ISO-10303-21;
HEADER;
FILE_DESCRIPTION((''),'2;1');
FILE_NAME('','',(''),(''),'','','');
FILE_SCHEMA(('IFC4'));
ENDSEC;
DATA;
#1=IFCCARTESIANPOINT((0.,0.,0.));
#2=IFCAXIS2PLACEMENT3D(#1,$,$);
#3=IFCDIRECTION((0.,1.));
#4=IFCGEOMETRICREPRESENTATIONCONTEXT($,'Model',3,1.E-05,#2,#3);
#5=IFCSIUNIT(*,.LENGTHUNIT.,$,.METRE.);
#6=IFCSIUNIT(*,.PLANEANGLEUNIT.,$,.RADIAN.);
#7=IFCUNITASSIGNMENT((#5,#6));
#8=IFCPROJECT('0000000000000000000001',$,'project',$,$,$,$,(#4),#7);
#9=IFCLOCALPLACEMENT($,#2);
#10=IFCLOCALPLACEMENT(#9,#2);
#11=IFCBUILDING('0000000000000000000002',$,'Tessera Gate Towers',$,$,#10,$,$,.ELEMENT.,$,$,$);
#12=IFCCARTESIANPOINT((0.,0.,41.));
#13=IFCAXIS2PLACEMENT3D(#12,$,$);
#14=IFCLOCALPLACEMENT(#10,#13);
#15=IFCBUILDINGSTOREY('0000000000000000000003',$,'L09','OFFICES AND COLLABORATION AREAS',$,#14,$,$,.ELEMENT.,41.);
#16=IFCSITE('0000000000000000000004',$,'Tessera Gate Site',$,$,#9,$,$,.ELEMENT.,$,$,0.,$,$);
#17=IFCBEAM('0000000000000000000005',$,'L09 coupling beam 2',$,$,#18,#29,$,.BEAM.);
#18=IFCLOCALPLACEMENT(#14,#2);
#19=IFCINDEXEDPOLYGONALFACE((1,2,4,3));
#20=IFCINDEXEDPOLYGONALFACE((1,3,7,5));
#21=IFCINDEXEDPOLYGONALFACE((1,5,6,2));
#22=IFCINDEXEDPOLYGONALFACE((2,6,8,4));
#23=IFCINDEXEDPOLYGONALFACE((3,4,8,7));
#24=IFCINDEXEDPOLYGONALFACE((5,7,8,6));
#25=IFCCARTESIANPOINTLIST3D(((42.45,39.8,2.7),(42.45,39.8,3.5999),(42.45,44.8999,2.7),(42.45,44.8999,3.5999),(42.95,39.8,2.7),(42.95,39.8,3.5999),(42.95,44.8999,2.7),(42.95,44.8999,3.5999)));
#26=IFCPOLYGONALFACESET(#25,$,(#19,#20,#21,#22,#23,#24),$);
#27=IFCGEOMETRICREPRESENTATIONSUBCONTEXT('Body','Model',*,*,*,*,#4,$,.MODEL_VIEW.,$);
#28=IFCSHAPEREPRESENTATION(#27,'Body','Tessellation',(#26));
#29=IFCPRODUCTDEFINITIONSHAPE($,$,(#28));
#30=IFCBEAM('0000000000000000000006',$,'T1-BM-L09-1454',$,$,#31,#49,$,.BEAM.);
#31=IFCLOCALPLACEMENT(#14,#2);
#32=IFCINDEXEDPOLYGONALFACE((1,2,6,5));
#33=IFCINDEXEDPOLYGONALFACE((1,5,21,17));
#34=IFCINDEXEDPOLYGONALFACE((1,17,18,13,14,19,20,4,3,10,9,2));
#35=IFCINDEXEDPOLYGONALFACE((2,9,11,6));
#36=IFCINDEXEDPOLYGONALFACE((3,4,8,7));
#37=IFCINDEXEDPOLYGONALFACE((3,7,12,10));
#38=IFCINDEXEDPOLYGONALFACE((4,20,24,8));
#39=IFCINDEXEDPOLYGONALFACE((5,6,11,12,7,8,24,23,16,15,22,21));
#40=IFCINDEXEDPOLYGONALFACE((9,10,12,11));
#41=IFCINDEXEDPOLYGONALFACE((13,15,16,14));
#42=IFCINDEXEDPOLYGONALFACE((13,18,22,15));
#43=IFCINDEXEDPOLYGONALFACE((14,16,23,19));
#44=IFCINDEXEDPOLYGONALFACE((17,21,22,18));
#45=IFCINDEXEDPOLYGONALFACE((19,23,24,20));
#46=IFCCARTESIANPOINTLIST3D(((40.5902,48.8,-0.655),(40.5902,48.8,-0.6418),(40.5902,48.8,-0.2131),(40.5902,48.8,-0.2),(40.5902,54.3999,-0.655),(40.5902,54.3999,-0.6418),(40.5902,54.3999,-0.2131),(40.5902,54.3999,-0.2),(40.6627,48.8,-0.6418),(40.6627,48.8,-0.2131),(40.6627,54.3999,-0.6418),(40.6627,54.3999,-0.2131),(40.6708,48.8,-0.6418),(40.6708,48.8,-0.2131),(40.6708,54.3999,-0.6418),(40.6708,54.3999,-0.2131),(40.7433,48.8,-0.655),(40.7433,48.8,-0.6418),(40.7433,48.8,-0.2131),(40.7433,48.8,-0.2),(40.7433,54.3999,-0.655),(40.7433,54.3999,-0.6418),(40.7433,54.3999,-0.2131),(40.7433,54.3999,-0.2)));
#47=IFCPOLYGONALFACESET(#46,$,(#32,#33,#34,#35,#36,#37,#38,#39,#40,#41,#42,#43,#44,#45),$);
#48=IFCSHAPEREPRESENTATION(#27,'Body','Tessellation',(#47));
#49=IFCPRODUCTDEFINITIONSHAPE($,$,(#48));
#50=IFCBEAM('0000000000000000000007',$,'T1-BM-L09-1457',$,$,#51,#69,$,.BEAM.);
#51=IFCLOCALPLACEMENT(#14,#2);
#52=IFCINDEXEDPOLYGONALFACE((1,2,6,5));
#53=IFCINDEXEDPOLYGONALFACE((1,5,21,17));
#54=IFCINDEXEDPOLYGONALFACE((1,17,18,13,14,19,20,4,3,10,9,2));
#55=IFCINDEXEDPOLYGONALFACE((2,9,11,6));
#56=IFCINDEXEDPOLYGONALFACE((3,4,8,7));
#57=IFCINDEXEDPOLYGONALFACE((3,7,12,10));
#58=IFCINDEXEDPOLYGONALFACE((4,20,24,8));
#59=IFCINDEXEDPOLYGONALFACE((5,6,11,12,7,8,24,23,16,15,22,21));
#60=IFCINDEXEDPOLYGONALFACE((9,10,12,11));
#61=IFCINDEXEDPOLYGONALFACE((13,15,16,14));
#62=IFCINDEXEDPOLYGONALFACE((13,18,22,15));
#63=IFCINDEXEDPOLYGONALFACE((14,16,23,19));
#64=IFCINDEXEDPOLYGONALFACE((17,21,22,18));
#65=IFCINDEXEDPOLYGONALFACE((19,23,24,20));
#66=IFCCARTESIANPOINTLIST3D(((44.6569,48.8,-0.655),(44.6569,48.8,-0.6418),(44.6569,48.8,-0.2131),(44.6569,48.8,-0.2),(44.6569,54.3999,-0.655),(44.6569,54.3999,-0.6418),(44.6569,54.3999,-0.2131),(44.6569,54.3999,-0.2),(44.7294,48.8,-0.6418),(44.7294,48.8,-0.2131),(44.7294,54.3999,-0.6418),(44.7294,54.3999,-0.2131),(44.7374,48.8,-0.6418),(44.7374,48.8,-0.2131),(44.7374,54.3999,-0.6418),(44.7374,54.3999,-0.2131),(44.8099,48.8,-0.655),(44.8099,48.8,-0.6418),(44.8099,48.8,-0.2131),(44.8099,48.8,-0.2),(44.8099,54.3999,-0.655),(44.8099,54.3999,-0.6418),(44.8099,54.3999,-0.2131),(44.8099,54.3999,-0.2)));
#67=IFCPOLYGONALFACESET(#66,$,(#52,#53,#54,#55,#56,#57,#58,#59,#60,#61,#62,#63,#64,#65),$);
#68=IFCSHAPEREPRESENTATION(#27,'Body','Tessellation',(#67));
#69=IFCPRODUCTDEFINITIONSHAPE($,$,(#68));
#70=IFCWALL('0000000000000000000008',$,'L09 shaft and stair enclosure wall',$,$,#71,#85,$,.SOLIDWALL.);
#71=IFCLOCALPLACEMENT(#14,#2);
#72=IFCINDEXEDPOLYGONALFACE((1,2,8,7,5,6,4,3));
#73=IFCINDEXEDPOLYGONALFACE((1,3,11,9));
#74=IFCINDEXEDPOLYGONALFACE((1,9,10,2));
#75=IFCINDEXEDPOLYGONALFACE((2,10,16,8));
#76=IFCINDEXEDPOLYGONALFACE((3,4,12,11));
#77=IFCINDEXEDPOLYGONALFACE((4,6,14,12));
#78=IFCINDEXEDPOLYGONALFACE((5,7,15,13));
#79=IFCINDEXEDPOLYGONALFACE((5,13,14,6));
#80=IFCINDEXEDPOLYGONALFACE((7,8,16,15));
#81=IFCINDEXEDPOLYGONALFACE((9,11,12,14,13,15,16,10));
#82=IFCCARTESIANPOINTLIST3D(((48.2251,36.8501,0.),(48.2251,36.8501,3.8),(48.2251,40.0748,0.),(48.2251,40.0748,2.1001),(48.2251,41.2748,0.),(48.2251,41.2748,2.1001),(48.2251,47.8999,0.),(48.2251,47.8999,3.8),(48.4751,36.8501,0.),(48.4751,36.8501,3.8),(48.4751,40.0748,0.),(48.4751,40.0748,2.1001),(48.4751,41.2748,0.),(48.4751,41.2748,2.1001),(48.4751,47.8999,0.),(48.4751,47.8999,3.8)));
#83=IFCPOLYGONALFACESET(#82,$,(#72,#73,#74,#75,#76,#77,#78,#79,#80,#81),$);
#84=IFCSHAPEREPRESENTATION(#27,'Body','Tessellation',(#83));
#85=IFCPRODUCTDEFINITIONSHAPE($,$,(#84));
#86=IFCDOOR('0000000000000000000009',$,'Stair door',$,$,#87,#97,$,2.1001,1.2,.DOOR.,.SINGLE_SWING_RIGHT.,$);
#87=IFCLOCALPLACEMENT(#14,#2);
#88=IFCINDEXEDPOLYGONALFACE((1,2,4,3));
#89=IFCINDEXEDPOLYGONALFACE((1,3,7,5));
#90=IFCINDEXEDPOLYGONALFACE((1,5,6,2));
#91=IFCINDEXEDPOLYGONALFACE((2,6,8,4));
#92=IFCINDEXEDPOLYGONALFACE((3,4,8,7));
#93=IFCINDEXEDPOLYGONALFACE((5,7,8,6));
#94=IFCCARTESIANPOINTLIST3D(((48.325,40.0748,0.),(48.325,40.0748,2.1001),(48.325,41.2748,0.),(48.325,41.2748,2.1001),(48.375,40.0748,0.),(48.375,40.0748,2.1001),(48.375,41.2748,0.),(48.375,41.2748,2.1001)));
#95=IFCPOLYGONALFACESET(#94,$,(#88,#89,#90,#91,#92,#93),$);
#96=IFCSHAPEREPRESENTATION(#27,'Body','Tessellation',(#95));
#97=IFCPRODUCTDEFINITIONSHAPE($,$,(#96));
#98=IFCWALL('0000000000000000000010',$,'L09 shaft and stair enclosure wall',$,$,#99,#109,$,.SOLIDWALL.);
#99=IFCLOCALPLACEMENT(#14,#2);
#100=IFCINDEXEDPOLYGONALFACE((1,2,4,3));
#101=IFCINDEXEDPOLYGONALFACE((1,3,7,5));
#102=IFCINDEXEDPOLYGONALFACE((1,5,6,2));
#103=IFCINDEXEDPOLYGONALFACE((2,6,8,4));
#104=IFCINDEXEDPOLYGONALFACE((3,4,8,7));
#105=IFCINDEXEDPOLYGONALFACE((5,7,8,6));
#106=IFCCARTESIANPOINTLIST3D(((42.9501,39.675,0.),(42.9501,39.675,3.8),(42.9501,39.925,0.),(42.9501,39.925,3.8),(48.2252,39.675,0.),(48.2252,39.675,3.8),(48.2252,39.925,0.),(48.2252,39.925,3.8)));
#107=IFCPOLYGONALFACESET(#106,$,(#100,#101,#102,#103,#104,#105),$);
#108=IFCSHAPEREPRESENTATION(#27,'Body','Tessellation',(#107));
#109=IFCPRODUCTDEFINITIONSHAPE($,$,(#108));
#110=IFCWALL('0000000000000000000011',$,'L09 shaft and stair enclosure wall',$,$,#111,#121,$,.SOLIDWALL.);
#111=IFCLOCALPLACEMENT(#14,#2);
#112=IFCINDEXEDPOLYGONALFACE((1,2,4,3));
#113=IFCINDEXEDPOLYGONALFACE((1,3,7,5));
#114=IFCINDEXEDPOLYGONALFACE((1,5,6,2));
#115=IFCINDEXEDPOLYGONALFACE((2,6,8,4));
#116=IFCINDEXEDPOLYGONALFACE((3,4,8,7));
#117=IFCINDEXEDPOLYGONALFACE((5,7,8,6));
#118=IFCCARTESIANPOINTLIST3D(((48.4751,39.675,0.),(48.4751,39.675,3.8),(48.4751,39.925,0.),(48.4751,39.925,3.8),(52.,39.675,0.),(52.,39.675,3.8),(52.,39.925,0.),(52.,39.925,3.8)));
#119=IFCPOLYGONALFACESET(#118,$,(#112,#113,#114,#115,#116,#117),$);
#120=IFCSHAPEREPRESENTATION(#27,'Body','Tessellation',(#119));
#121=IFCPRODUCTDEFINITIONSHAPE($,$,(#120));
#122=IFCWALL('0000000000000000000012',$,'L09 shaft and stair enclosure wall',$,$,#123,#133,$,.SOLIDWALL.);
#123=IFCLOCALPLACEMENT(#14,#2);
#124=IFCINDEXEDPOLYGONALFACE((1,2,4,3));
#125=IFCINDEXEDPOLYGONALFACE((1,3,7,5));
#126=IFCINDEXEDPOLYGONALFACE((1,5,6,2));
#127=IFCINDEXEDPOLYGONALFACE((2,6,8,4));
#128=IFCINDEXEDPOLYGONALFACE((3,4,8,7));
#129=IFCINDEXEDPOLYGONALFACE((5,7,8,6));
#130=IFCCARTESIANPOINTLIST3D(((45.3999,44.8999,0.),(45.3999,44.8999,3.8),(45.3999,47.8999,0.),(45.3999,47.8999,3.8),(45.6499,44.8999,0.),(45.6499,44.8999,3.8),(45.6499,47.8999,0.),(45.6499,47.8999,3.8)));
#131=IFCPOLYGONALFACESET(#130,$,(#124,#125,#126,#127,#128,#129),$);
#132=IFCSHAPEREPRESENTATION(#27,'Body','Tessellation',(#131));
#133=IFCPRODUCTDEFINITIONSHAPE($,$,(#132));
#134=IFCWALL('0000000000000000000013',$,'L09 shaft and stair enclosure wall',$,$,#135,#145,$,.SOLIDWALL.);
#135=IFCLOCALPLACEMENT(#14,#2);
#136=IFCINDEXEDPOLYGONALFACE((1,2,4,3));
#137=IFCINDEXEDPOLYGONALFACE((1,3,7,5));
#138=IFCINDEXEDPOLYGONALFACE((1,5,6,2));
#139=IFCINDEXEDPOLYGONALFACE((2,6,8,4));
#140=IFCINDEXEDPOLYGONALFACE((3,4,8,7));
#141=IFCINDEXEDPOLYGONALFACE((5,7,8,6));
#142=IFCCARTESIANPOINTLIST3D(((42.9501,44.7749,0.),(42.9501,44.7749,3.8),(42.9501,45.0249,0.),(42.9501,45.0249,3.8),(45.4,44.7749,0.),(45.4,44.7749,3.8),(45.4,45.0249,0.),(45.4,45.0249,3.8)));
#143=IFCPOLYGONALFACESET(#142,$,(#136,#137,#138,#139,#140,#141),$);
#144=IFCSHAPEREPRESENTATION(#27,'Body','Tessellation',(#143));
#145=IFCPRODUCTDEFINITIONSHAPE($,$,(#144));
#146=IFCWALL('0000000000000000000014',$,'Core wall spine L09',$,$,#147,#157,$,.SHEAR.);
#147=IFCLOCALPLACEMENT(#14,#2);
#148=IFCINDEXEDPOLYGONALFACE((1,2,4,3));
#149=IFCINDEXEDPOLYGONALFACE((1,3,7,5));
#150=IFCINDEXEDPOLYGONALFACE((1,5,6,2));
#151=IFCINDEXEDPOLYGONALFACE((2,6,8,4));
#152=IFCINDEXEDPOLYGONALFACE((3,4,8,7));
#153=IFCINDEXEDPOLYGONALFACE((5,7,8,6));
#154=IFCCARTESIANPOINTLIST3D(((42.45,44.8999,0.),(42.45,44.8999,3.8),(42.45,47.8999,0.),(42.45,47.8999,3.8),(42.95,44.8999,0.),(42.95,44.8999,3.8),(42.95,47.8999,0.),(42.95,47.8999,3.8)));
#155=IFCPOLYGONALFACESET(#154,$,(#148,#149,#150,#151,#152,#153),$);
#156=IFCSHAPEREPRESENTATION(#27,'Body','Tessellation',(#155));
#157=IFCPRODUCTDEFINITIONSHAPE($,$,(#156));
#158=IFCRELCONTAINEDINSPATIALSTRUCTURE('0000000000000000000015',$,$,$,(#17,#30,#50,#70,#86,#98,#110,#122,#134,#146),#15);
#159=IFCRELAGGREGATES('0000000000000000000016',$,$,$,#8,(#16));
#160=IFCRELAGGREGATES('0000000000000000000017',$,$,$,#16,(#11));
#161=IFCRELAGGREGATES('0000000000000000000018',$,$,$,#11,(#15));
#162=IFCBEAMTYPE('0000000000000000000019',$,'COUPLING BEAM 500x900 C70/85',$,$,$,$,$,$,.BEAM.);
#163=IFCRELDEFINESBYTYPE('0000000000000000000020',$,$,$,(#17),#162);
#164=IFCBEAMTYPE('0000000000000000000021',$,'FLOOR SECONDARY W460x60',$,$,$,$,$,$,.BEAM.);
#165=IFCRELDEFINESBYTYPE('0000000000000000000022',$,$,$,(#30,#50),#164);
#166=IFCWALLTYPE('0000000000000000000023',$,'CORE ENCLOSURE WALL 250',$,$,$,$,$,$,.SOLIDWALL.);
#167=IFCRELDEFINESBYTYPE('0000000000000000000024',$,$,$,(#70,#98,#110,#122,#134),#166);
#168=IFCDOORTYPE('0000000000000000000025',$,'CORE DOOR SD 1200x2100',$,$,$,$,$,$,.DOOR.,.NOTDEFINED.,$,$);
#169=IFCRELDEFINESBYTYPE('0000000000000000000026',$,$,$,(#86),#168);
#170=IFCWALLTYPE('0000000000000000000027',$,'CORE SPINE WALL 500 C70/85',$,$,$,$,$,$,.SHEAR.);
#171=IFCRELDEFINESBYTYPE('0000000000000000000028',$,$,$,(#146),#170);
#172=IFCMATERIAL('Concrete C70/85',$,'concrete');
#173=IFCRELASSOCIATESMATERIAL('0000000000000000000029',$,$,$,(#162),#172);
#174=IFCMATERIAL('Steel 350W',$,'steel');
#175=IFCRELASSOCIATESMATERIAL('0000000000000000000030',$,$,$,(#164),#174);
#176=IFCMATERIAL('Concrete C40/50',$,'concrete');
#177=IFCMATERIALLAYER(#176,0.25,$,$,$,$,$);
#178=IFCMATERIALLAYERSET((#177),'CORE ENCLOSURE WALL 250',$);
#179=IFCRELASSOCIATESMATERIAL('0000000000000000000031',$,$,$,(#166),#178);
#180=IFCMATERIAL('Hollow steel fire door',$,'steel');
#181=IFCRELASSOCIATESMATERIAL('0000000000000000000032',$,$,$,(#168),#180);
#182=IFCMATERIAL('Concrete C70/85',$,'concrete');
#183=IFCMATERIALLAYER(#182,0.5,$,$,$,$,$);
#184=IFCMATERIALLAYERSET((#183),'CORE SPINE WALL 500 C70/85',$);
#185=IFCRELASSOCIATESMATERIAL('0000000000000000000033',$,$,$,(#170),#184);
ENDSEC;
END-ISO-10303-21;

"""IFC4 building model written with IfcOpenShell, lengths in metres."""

from ifc_helpers import new_model, si_unit, direction, frame, frame_2d, origin, origin_2d, place, context, subcontext, project, spatial, rectangle, i_section, extrude, source, transform, mapped, material, layer, layer_set, material_profile, profile_set, type_object, element, fill, save


model = new_model("IFC4")

# Units and contexts
model_context = context("Model", 3, precision=1e-05, world=origin(), true_north=direction((0.0, 1.0)))
body_context = subcontext(model_context, "Body", "Model", "MODEL_VIEW")
ifc_project = project(units=[si_unit("LENGTHUNIT", "METRE"), si_unit("PLANEANGLEUNIT", "RADIAN")], contexts=[model_context])

# Site, building, storey
site_placement = place(None, origin())
site = spatial("IfcSite", under=ifc_project, at=site_placement, Name="Tessera Gate Site", CompositionType="ELEMENT", RefElevation=0.0)
building_placement = place(site_placement, origin())
building = spatial("IfcBuilding", under=site, at=building_placement, Name="Tessera Gate Towers", CompositionType="ELEMENT")
storey_placement = place(building_placement, frame((0.0, 0.0, 41.0)))
storey = spatial("IfcBuildingStorey", under=building, at=storey_placement, Name="L09", Description="OFFICES AND COLLABORATION AREAS", CompositionType="ELEMENT", Elevation=41.0)

# Beams
ifc_material_1 = material(Name="Concrete C70/85", Category="concrete")
ifc_material_profile_1 = material_profile(ifc_material_1, rectangle(XDim=0.5, YDim=0.8999, at=origin_2d()), Name="RC 500x900")
ifc_profile_set_1 = profile_set([ifc_material_profile_1], Name="Concrete C70/85")
beam_type_1 = type_object("IfcBeamType", Name="COUPLING BEAM 500x900 C70/85", PredefinedType="BEAM", material=ifc_profile_set_1)
beam_placement = place(storey_placement, frame((42.7, 39.8, 3.1499), z_axis=(0.0, 1.0, 0.0), x_axis=(-1.0, 0.0, 0.0)))
element("IfcBeam", 1, at=beam_placement, inside=storey, type_object=beam_type_1, Name="L09 coupling beam 2", PredefinedType="BEAM", context=body_context, shape_type="SweptSolid", body=[
    extrude(rectangle(XDim=0.5, YDim=0.8999, at=origin_2d()), origin(), (0.0, 0.0, 1.0), 5.0999),
])
ifc_material_2 = material(Name="Steel 350W", Category="steel")
ifc_material_profile_2 = material_profile(ifc_material_2, i_section(OverallWidth=0.1531, OverallDepth=0.4551, WebThickness=0.0081, FlangeThickness=0.0132, at=origin_2d()), Name="W460x60")
ifc_profile_set_2 = profile_set([ifc_material_profile_2], Name="Steel 350W")
beam_type_2 = type_object("IfcBeamType", Name="FLOOR SECONDARY W460x60", PredefinedType="BEAM", material=ifc_profile_set_2)
for number, where, z_axis, x_axis, name in (
    (2, (40.6667, 48.8, -0.4275), (0.0, 1.0, 0.0), (-1.0, 0.0, 0.0), "T1-BM-L09-1454"),
    (3, (44.7334, 48.8, -0.4275), (0.0, 1.0, 0.0), (-1.0, 0.0, 0.0), "T1-BM-L09-1457"),
):
    element("IfcBeam", number, at=place(storey_placement, frame(where, z_axis=z_axis, x_axis=x_axis)), inside=storey, type_object=beam_type_2, Name=name, PredefinedType="BEAM", context=body_context, shape_type="SweptSolid", body=[
        extrude(i_section(OverallWidth=0.1531, OverallDepth=0.4551, WebThickness=0.0081, FlangeThickness=0.0132, at=origin_2d()), origin(), (0.0, 0.0, 1.0), 5.5999),
    ])

# Wall, opening, door
ifc_material_3 = material(Name="Concrete C40/50", Category="concrete")
ifc_layer_1 = layer(ifc_material_3, 0.25)
ifc_layer_set_1 = layer_set([ifc_layer_1], Name="CORE ENCLOSURE WALL 250")
wall_type_1 = type_object("IfcWallType", Name="CORE ENCLOSURE WALL 250", PredefinedType="SOLIDWALL", material=ifc_layer_set_1)
wall_1_placement = place(storey_placement, frame((48.3501, 47.8999, 0.0), z_axis=(0.0, 0.0, 1.0), x_axis=(0.0, -1.0, 0.0)))
wall_1 = element("IfcWall", 4, at=wall_1_placement, inside=storey, type_object=wall_type_1, Name="L09 shaft and stair enclosure wall", PredefinedType="SOLIDWALL", context=body_context, shape_type="SweptSolid", body=[
    extrude(rectangle(XDim=11.0498, YDim=0.25, at=frame_2d((5.5249, 0.0))), origin(), (0.0, 0.0, 1.0), 3.8),
])
shared_shape_1 = source(origin(), body_context, "Body", "SweptSolid", [
    extrude(rectangle(XDim=1.2, YDim=2.1001, at=frame_2d((0.6001, 1.05))), frame((0.0, 0.135, 0.0), z_axis=(0.0, -1.0, 0.0), x_axis=(1.0, 0.0, 0.0)), (0.0, 0.0, 1.0), 0.27),
])
opening_1_placement = place(wall_1_placement, frame((6.625, 0.0, 0.0)))
opening_1 = element("IfcOpeningElement", 5, at=opening_1_placement, cuts=wall_1, PredefinedType="OPENING", context=body_context, shape_type="MappedRepresentation", body=[
    mapped(shared_shape_1, transform((0.0, 0.0, 0.0), scale=1.0)),
])
ifc_material_4 = material(Name="Hollow steel fire door", Category="steel")
door_type_1 = type_object("IfcDoorType", Name="CORE DOOR SD 1200x2100", OperationType="NOTDEFINED", PredefinedType="DOOR", material=ifc_material_4)
shared_shape_2 = source(origin(), body_context, "Body", "SweptSolid", [
    extrude(rectangle(XDim=1.2, YDim=2.1001, at=frame_2d((0.6001, 1.05))), frame((0.0, 0.0249, 0.0), z_axis=(0.0, -1.0, 0.0), x_axis=(1.0, 0.0, 0.0)), (0.0, 0.0, 1.0), 0.05),
])
door_1_placement = place(opening_1_placement, origin())
door_1 = element("IfcDoor", 6, at=door_1_placement, inside=storey, type_object=door_type_1, Name="Stair door", OperationType="SINGLE_SWING_RIGHT", OverallHeight=2.1001, OverallWidth=1.2, PredefinedType="DOOR", context=body_context, shape_type="MappedRepresentation", body=[
    mapped(shared_shape_2, transform((0.0, 0.0, 0.0), scale=1.0)),
])
fill(opening_1, door_1)

# Walls
wall_2_placement = place(storey_placement, frame((42.95, 39.8, 0.0), z_axis=(0.0, 0.0, 1.0), x_axis=(1.0, 0.0, 0.0)))
element("IfcWall", 7, at=wall_2_placement, inside=storey, type_object=wall_type_1, Name="L09 shaft and stair enclosure wall", PredefinedType="SOLIDWALL", context=body_context, shape_type="SweptSolid", body=[
    extrude(rectangle(XDim=5.2751, YDim=0.25, at=frame_2d((2.6377, 0.0))), origin(), (0.0, 0.0, 1.0), 3.8),
])
wall_3_placement = place(storey_placement, frame((48.4751, 39.8, 0.0), z_axis=(0.0, 0.0, 1.0), x_axis=(1.0, 0.0, 0.0)))
element("IfcWall", 8, at=wall_3_placement, inside=storey, type_object=wall_type_1, Name="L09 shaft and stair enclosure wall", PredefinedType="SOLIDWALL", context=body_context, shape_type="SweptSolid", body=[
    extrude(rectangle(XDim=3.5249, YDim=0.25, at=frame_2d((1.7625, 0.0))), origin(), (0.0, 0.0, 1.0), 3.8),
])
wall_4_placement = place(storey_placement, frame((45.5249, 44.8999, 0.0), z_axis=(0.0, 0.0, 1.0), x_axis=(0.0, 1.0, 0.0)))
element("IfcWall", 9, at=wall_4_placement, inside=storey, type_object=wall_type_1, Name="L09 shaft and stair enclosure wall", PredefinedType="SOLIDWALL", context=body_context, shape_type="SweptSolid", body=[
    extrude(rectangle(XDim=3.0, YDim=0.25, at=frame_2d((1.5, 0.0))), origin(), (0.0, 0.0, 1.0), 3.8),
])
wall_5_placement = place(storey_placement, frame((42.95, 44.8999, 0.0), z_axis=(0.0, 0.0, 1.0), x_axis=(1.0, 0.0, 0.0)))
element("IfcWall", 10, at=wall_5_placement, inside=storey, type_object=wall_type_1, Name="L09 shaft and stair enclosure wall", PredefinedType="SOLIDWALL", context=body_context, shape_type="SweptSolid", body=[
    extrude(rectangle(XDim=2.45, YDim=0.25, at=frame_2d((1.2251, 0.0))), origin(), (0.0, 0.0, 1.0), 3.8),
])
ifc_material_5 = material(Name="Concrete C70/85", Category="concrete")
ifc_layer_2 = layer(ifc_material_5, 0.5)
ifc_layer_set_2 = layer_set([ifc_layer_2], Name="CORE SPINE WALL 500 C70/85")
wall_type_2 = type_object("IfcWallType", Name="CORE SPINE WALL 500 C70/85", PredefinedType="SHEAR", material=ifc_layer_set_2)
wall_6_placement = place(storey_placement, frame((42.7, 44.8999, 0.0), z_axis=(0.0, 0.0, 1.0), x_axis=(0.0, 1.0, 0.0)))
element("IfcWall", 11, at=wall_6_placement, inside=storey, type_object=wall_type_2, Name="Core wall spine L09", PredefinedType="SHEAR", context=body_context, shape_type="SweptSolid", body=[
    extrude(rectangle(XDim=3.0, YDim=0.5, at=frame_2d((1.5, 0.0))), origin(), (0.0, 0.0, 1.0), 3.8),
])

save(model, "model.ifc")
